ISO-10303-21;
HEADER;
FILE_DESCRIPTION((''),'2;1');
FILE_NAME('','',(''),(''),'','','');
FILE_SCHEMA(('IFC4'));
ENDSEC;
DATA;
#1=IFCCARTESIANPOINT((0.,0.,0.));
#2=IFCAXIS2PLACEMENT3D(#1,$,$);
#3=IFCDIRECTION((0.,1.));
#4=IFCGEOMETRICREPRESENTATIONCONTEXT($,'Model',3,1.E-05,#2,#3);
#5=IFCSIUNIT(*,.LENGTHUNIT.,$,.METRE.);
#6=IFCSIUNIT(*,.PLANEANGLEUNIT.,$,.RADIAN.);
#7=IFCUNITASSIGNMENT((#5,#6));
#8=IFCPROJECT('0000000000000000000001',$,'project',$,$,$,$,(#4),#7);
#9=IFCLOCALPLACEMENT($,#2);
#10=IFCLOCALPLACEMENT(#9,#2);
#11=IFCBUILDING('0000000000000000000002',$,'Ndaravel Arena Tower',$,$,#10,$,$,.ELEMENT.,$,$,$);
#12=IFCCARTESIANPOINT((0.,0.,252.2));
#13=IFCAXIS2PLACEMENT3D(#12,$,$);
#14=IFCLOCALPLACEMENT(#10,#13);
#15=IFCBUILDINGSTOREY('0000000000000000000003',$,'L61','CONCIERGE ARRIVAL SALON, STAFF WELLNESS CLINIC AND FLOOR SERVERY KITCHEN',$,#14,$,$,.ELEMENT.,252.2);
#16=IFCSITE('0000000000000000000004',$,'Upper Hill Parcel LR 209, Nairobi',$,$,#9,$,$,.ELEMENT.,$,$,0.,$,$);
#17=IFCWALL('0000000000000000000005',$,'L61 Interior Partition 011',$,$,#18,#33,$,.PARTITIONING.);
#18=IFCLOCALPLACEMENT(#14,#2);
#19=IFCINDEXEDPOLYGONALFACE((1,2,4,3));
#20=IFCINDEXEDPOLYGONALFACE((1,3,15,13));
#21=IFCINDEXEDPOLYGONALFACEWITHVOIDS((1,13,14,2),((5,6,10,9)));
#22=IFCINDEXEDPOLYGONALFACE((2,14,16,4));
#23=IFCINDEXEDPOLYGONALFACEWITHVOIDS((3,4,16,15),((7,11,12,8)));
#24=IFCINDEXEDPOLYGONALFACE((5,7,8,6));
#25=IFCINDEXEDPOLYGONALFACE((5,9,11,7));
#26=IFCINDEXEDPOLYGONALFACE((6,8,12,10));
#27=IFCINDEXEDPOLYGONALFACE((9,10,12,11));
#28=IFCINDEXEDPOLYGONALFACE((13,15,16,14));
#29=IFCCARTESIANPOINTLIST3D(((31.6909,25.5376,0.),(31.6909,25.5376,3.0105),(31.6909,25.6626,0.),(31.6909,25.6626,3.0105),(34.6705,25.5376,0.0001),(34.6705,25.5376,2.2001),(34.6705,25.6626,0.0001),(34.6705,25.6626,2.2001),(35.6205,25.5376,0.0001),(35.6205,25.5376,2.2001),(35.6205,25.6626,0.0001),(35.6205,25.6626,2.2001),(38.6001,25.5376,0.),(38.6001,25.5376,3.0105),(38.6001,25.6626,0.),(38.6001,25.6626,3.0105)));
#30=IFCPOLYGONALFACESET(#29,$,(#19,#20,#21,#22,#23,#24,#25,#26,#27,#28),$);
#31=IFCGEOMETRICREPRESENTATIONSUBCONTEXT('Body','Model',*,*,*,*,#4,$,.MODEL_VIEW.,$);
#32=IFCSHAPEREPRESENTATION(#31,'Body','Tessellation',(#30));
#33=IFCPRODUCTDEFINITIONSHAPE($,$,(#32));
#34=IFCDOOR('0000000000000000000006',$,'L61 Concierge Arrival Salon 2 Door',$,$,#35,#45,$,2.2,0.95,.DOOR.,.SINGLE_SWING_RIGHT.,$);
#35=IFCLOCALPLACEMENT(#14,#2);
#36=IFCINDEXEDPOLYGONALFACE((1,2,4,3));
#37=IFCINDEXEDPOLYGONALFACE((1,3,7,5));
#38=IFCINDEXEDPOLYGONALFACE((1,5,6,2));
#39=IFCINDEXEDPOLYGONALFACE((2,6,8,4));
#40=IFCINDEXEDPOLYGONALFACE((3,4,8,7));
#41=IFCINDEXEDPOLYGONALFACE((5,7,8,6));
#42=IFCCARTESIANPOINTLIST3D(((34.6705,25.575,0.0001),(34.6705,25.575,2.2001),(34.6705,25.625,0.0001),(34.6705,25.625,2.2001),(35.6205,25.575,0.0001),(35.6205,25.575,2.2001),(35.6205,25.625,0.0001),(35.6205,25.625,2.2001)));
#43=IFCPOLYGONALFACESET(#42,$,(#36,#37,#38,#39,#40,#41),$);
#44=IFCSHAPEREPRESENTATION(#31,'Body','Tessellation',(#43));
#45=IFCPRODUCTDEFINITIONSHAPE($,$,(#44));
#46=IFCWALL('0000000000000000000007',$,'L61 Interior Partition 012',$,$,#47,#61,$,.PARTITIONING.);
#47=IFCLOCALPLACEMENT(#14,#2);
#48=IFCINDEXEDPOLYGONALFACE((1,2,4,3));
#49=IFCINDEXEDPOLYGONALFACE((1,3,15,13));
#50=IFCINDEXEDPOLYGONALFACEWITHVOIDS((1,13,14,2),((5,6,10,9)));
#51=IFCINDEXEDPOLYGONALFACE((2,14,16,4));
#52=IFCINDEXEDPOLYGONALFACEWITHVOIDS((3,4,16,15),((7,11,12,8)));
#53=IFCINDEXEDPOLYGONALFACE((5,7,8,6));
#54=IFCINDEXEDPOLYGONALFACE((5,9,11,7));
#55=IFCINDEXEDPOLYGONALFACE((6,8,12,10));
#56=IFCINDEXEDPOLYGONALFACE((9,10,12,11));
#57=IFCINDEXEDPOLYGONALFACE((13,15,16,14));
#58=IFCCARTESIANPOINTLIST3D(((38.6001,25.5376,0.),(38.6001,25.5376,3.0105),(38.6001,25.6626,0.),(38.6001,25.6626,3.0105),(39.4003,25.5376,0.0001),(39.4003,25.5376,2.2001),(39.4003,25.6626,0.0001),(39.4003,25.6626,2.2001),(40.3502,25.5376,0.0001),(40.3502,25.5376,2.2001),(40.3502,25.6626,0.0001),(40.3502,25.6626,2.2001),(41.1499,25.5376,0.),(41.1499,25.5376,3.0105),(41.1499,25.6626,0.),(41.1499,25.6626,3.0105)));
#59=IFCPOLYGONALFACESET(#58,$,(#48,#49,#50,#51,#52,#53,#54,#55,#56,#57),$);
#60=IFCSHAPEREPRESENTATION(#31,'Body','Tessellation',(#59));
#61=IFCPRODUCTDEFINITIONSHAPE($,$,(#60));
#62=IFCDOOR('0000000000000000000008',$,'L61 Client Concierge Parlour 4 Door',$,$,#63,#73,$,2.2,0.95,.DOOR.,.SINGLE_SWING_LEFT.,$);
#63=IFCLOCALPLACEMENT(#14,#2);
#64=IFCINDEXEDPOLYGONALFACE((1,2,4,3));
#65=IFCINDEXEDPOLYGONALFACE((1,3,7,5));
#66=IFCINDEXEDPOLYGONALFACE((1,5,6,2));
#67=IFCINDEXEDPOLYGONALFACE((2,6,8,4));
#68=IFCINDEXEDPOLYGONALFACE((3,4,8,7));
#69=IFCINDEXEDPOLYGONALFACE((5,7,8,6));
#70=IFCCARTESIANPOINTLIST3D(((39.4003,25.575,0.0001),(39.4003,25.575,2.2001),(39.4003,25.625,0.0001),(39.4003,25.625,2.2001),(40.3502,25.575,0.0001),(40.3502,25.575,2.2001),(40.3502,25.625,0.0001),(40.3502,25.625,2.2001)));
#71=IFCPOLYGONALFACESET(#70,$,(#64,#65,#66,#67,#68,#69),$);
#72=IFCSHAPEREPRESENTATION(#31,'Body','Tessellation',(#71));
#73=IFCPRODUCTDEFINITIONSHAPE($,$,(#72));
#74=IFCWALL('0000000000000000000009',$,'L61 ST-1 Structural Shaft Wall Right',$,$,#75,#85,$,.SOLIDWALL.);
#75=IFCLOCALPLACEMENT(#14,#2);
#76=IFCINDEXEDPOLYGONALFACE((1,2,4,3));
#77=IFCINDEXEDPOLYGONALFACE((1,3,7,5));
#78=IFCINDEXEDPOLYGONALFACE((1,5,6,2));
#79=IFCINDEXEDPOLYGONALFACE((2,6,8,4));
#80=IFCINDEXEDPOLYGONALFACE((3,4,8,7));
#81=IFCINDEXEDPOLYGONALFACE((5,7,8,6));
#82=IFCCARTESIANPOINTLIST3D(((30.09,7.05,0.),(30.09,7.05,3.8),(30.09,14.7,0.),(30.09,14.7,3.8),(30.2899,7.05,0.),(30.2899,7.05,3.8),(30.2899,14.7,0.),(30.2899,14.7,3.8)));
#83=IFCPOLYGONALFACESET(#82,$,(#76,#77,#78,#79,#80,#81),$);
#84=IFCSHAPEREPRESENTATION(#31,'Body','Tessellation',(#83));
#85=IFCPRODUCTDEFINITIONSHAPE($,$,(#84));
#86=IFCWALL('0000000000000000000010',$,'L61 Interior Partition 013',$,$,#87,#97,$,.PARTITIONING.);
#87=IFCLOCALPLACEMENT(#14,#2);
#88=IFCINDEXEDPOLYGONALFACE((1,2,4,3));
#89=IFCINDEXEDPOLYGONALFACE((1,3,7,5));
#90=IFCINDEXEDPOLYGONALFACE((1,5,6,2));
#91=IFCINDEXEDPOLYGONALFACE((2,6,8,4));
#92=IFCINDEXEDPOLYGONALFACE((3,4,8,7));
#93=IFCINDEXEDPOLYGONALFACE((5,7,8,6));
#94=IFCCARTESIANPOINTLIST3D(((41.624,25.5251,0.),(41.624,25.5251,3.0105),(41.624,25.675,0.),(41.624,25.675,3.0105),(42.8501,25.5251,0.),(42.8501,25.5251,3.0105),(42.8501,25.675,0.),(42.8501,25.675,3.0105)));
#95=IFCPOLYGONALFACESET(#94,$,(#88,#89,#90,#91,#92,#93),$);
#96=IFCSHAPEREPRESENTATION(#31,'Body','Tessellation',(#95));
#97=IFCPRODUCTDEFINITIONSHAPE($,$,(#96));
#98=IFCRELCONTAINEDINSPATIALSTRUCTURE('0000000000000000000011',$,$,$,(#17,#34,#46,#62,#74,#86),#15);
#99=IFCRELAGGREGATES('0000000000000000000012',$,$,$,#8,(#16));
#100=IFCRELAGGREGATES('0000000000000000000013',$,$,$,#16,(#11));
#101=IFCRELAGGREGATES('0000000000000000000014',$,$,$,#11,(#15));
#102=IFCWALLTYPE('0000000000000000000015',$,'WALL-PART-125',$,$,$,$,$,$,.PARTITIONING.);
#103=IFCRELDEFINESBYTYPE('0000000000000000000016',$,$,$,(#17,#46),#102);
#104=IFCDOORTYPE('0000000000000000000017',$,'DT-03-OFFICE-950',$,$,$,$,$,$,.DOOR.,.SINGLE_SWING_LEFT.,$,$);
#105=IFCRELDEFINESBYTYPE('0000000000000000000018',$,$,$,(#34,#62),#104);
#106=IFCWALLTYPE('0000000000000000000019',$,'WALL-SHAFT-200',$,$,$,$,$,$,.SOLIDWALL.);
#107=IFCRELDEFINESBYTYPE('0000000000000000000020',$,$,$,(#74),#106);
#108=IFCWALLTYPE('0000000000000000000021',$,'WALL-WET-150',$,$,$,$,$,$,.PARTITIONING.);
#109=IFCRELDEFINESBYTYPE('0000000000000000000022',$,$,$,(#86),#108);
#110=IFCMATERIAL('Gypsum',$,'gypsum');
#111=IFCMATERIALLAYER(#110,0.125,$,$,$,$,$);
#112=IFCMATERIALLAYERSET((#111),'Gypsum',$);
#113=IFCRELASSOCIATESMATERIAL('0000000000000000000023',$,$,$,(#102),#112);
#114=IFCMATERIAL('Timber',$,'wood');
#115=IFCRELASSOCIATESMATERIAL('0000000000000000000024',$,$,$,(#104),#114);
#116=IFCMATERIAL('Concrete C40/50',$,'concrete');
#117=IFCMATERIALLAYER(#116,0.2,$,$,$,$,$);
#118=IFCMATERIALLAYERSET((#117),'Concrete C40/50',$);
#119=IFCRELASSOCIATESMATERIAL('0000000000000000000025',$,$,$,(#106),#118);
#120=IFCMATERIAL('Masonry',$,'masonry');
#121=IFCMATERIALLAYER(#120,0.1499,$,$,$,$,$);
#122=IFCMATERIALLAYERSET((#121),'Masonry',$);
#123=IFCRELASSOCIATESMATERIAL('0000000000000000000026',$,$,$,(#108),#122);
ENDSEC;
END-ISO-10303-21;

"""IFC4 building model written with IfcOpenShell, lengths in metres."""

from ifc_helpers import new_model, si_unit, direction, frame, frame_2d, origin, place, context, subcontext, project, spatial, rectangle, extrude, material, layer, layer_set, type_object, element, fill, save


model = new_model("IFC4")

# Units and contexts
model_context = context("Model", 3, precision=1e-05, world=origin(), true_north=direction((0.0, 1.0)))
body_context = subcontext(model_context, "Body", "Model", "MODEL_VIEW")
ifc_project = project(units=[si_unit("LENGTHUNIT", "METRE"), si_unit("PLANEANGLEUNIT", "RADIAN")], contexts=[model_context])

# Site, building, storey
site_placement = place(None, origin())
site = spatial("IfcSite", under=ifc_project, at=site_placement, Name="Upper Hill Parcel LR 209, Nairobi", CompositionType="ELEMENT", RefElevation=0.0)
building_placement = place(site_placement, origin())
building = spatial("IfcBuilding", under=site, at=building_placement, Name="Ndaravel Arena Tower", CompositionType="ELEMENT")
storey_placement = place(building_placement, frame((0.0, 0.0, 252.2)))
storey = spatial("IfcBuildingStorey", under=building, at=storey_placement, Name="L61", Description="CONCIERGE ARRIVAL SALON, STAFF WELLNESS CLINIC AND FLOOR SERVERY KITCHEN", CompositionType="ELEMENT", Elevation=252.2)

# Shared definitions
ifc_material_1 = material(Name="Gypsum", Category="gypsum")
ifc_layer_1 = layer(ifc_material_1, 0.125)
ifc_layer_set_1 = layer_set([ifc_layer_1], Name="Gypsum")
wall_type_1 = type_object("IfcWallType", Name="WALL-PART-125", PredefinedType="PARTITIONING", material=ifc_layer_set_1)

# Walls, openings, doors
wall_1_placement = place(storey_placement, frame((31.6909, 25.6001, 0.0), z_axis=(0.0, 0.0, 1.0), x_axis=(1.0, 0.0, 0.0)))
wall_1 = element("IfcWall", 1, at=wall_1_placement, inside=storey, type_object=wall_type_1, Name="L61 Interior Partition 011", PredefinedType="PARTITIONING", context=body_context, shape_type="SweptSolid", body=[
    extrude(rectangle(XDim=6.9092, YDim=0.125, at=frame_2d((3.4546, 0.0))), origin(), (0.0, 0.0, 1.0), 3.0105),
])
opening_1_placement = place(wall_1_placement, frame((2.9795, 0.0, 0.0)))
opening_1 = element("IfcOpeningElement", 2, at=opening_1_placement, cuts=wall_1, PredefinedType="OPENING", context=body_context, shape_type="SweptSolid", body=[
    extrude(rectangle(XDim=0.95, YDim=2.2, at=frame_2d((0.4751, 1.1001))), frame((0.0, 0.0625, 0.0), z_axis=(0.0, -1.0, 0.0), x_axis=(1.0, 0.0, 0.0)), (0.0, 0.0, 1.0), 0.125),
])
ifc_material_2 = material(Name="Timber", Category="wood")
door_type_1 = type_object("IfcDoorType", Name="DT-03-OFFICE-950", OperationType="SINGLE_SWING_LEFT", PredefinedType="DOOR", material=ifc_material_2)
door_1_placement = place(opening_1_placement, origin())
door_1 = element("IfcDoor", 3, at=door_1_placement, inside=storey, type_object=door_type_1, Name="L61 Concierge Arrival Salon 2 Door", OperationType="SINGLE_SWING_RIGHT", OverallHeight=2.2, OverallWidth=0.95, PredefinedType="DOOR", context=body_context, shape_type="SweptSolid", body=[
    extrude(rectangle(XDim=0.95, YDim=2.2, at=frame_2d((0.4751, 1.1001))), frame((0.0, 0.0249, 0.0), z_axis=(0.0, -1.0, 0.0), x_axis=(1.0, 0.0, 0.0)), (0.0, 0.0, 1.0), 0.05),
])
fill(opening_1, door_1)
wall_2_placement = place(storey_placement, frame((38.6001, 25.6001, 0.0), z_axis=(0.0, 0.0, 1.0), x_axis=(1.0, 0.0, 0.0)))
wall_2 = element("IfcWall", 4, at=wall_2_placement, inside=storey, type_object=wall_type_1, Name="L61 Interior Partition 012", PredefinedType="PARTITIONING", context=body_context, shape_type="SweptSolid", body=[
    extrude(rectangle(XDim=2.5498, YDim=0.125, at=frame_2d((1.2749, 0.0))), origin(), (0.0, 0.0, 1.0), 3.0105),
])
opening_2_placement = place(wall_2_placement, frame((0.8, 0.0, 0.0)))
opening_2 = element("IfcOpeningElement", 5, at=opening_2_placement, cuts=wall_2, PredefinedType="OPENING", context=body_context, shape_type="SweptSolid", body=[
    extrude(rectangle(XDim=0.95, YDim=2.2, at=frame_2d((0.4751, 1.1001))), frame((0.0, 0.0625, 0.0), z_axis=(0.0, -1.0, 0.0), x_axis=(1.0, 0.0, 0.0)), (0.0, 0.0, 1.0), 0.125),
])
door_2_placement = place(opening_2_placement, origin())
door_2 = element("IfcDoor", 6, at=door_2_placement, inside=storey, type_object=door_type_1, Name="L61 Client Concierge Parlour 4 Door", OperationType="SINGLE_SWING_LEFT", OverallHeight=2.2, OverallWidth=0.95, PredefinedType="DOOR", context=body_context, shape_type="SweptSolid", body=[
    extrude(rectangle(XDim=0.95, YDim=2.2, at=frame_2d((0.4751, 1.1001))), frame((0.0, 0.0249, 0.0), z_axis=(0.0, -1.0, 0.0), x_axis=(1.0, 0.0, 0.0)), (0.0, 0.0, 1.0), 0.05),
])
fill(opening_2, door_2)

# Wall
ifc_material_3 = material(Name="Concrete C40/50", Category="concrete")
ifc_layer_2 = layer(ifc_material_3, 0.2)
ifc_layer_set_2 = layer_set([ifc_layer_2], Name="Concrete C40/50")
wall_type_2 = type_object("IfcWallType", Name="WALL-SHAFT-200", PredefinedType="SOLIDWALL", material=ifc_layer_set_2)
wall_3_placement = place(storey_placement, frame((30.1899, 14.7, 0.0), z_axis=(0.0, 0.0, 1.0), x_axis=(0.0, -1.0, 0.0)))
element("IfcWall", 7, at=wall_3_placement, inside=storey, type_object=wall_type_2, Name="L61 ST-1 Structural Shaft Wall Right", PredefinedType="SOLIDWALL", context=body_context, shape_type="SweptSolid", body=[
    extrude(rectangle(XDim=7.6499, YDim=0.2, at=frame_2d((3.825, 0.0))), origin(), (0.0, 0.0, 1.0), 3.8),
])

# Shared definitions
ifc_material_4 = material(Name="Masonry", Category="masonry")
ifc_layer_3 = layer(ifc_material_4, 0.1499)
ifc_layer_set_3 = layer_set([ifc_layer_3], Name="Masonry")
wall_type_3 = type_object("IfcWallType", Name="WALL-WET-150", PredefinedType="PARTITIONING", material=ifc_layer_set_3)

# Wall
wall_4_placement = place(storey_placement, frame((41.624, 25.6001, 0.0), z_axis=(0.0, 0.0, 1.0), x_axis=(1.0, 0.0, 0.0)))
element("IfcWall", 8, at=wall_4_placement, inside=storey, type_object=wall_type_3, Name="L61 Interior Partition 013", PredefinedType="PARTITIONING", context=body_context, shape_type="SweptSolid", body=[
    extrude(rectangle(XDim=1.2261, YDim=0.1499, at=frame_2d((0.613, 0.0))), origin(), (0.0, 0.0, 1.0), 3.0105),
])

save(model, "model.ifc")
